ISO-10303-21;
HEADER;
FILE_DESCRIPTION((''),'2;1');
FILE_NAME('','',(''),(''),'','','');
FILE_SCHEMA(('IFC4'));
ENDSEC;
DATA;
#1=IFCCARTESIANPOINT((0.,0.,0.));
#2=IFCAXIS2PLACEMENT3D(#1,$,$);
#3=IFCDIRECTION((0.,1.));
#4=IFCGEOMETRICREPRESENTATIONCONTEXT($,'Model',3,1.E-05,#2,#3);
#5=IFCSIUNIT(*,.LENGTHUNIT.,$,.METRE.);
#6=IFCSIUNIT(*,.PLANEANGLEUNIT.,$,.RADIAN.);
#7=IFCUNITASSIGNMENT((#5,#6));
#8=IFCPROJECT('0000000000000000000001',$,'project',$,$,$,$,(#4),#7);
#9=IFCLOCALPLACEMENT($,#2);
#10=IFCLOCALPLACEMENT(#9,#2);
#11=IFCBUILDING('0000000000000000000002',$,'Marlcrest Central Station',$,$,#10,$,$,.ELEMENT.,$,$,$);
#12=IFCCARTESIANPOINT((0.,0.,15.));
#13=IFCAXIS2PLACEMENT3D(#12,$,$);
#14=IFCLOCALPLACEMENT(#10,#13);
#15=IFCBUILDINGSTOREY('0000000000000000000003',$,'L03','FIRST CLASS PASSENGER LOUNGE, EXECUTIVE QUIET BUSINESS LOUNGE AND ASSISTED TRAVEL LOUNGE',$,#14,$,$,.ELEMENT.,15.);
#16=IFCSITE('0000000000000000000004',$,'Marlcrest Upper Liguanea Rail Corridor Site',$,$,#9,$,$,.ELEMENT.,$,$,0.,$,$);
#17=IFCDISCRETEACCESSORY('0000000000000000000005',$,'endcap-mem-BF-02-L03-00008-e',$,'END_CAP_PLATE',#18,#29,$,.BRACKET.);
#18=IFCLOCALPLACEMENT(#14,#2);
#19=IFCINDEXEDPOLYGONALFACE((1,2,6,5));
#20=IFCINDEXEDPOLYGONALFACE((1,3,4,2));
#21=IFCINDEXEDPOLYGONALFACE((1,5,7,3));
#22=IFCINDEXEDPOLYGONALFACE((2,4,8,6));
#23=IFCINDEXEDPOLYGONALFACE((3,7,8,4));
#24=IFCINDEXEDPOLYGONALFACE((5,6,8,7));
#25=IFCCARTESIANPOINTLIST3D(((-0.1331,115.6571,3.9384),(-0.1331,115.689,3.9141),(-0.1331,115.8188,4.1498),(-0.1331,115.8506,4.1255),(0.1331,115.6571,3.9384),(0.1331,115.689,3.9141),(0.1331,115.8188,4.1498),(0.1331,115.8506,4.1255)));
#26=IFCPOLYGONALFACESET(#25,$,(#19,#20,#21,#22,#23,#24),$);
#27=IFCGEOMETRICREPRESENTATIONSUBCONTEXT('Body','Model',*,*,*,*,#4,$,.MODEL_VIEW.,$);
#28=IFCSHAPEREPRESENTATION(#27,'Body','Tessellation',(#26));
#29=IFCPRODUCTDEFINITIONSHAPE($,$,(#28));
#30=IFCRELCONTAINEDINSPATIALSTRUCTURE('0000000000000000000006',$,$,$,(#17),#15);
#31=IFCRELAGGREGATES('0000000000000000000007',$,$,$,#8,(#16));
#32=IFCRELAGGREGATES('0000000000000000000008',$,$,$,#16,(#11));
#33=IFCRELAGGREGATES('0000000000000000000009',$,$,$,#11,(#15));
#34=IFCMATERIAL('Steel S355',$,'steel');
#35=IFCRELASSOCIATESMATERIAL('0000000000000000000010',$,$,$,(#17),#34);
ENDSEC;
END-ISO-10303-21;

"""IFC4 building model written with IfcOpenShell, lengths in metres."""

from ifc_helpers import new_model, si_unit, direction, frame, origin, origin_2d, place, context, subcontext, project, spatial, rectangle, extrude, material, element, save


model = new_model("IFC4")

# Units and contexts
model_context = context("Model", 3, precision=1e-05, world=origin(), true_north=direction((0.0, 1.0)))
body_context = subcontext(model_context, "Body", "Model", "MODEL_VIEW")
ifc_project = project(units=[si_unit("LENGTHUNIT", "METRE"), si_unit("PLANEANGLEUNIT", "RADIAN")], contexts=[model_context])

# Site, building, storey
site_placement = place(None, origin())
site = spatial("IfcSite", under=ifc_project, at=site_placement, Name="Marlcrest Upper Liguanea Rail Corridor Site", CompositionType="ELEMENT", RefElevation=0.0)
building_placement = place(site_placement, origin())
building = spatial("IfcBuilding", under=site, at=building_placement, Name="Marlcrest Central Station", CompositionType="ELEMENT")
storey_placement = place(building_placement, frame((0.0, 0.0, 15.0)))
storey = spatial("IfcBuildingStorey", under=building, at=storey_placement, Name="L03", Description="FIRST CLASS PASSENGER LOUNGE, EXECUTIVE QUIET BUSINESS LOUNGE AND ASSISTED TRAVEL LOUNGE", CompositionType="ELEMENT", Elevation=15.0)

# Shared definitions
ifc_material_1 = material(Name="Steel S355", Category="steel")

# Discrete accessory
for number, where, z_axis, x_axis, name in (
    (1, (0.0, 115.7698, 4.0198), (0.0, -0.794385, 0.607415), (1.0, 0.0, 0.0), "endcap-mem-BF-02-L03-00008-e"),
):
    element("IfcDiscreteAccessory", number, at=place(storey_placement, frame(where, z_axis=z_axis, x_axis=x_axis)), inside=storey, material=ifc_material_1, Name=name, ObjectType="END_CAP_PLATE", PredefinedType="BRACKET", context=body_context, shape_type="SweptSolid", body=[
        extrude(rectangle(XDim=0.2661, YDim=0.2661, at=origin_2d()), origin(), (0.0, 0.0, 1.0), 0.04),
    ])

save(model, "model.ifc")
